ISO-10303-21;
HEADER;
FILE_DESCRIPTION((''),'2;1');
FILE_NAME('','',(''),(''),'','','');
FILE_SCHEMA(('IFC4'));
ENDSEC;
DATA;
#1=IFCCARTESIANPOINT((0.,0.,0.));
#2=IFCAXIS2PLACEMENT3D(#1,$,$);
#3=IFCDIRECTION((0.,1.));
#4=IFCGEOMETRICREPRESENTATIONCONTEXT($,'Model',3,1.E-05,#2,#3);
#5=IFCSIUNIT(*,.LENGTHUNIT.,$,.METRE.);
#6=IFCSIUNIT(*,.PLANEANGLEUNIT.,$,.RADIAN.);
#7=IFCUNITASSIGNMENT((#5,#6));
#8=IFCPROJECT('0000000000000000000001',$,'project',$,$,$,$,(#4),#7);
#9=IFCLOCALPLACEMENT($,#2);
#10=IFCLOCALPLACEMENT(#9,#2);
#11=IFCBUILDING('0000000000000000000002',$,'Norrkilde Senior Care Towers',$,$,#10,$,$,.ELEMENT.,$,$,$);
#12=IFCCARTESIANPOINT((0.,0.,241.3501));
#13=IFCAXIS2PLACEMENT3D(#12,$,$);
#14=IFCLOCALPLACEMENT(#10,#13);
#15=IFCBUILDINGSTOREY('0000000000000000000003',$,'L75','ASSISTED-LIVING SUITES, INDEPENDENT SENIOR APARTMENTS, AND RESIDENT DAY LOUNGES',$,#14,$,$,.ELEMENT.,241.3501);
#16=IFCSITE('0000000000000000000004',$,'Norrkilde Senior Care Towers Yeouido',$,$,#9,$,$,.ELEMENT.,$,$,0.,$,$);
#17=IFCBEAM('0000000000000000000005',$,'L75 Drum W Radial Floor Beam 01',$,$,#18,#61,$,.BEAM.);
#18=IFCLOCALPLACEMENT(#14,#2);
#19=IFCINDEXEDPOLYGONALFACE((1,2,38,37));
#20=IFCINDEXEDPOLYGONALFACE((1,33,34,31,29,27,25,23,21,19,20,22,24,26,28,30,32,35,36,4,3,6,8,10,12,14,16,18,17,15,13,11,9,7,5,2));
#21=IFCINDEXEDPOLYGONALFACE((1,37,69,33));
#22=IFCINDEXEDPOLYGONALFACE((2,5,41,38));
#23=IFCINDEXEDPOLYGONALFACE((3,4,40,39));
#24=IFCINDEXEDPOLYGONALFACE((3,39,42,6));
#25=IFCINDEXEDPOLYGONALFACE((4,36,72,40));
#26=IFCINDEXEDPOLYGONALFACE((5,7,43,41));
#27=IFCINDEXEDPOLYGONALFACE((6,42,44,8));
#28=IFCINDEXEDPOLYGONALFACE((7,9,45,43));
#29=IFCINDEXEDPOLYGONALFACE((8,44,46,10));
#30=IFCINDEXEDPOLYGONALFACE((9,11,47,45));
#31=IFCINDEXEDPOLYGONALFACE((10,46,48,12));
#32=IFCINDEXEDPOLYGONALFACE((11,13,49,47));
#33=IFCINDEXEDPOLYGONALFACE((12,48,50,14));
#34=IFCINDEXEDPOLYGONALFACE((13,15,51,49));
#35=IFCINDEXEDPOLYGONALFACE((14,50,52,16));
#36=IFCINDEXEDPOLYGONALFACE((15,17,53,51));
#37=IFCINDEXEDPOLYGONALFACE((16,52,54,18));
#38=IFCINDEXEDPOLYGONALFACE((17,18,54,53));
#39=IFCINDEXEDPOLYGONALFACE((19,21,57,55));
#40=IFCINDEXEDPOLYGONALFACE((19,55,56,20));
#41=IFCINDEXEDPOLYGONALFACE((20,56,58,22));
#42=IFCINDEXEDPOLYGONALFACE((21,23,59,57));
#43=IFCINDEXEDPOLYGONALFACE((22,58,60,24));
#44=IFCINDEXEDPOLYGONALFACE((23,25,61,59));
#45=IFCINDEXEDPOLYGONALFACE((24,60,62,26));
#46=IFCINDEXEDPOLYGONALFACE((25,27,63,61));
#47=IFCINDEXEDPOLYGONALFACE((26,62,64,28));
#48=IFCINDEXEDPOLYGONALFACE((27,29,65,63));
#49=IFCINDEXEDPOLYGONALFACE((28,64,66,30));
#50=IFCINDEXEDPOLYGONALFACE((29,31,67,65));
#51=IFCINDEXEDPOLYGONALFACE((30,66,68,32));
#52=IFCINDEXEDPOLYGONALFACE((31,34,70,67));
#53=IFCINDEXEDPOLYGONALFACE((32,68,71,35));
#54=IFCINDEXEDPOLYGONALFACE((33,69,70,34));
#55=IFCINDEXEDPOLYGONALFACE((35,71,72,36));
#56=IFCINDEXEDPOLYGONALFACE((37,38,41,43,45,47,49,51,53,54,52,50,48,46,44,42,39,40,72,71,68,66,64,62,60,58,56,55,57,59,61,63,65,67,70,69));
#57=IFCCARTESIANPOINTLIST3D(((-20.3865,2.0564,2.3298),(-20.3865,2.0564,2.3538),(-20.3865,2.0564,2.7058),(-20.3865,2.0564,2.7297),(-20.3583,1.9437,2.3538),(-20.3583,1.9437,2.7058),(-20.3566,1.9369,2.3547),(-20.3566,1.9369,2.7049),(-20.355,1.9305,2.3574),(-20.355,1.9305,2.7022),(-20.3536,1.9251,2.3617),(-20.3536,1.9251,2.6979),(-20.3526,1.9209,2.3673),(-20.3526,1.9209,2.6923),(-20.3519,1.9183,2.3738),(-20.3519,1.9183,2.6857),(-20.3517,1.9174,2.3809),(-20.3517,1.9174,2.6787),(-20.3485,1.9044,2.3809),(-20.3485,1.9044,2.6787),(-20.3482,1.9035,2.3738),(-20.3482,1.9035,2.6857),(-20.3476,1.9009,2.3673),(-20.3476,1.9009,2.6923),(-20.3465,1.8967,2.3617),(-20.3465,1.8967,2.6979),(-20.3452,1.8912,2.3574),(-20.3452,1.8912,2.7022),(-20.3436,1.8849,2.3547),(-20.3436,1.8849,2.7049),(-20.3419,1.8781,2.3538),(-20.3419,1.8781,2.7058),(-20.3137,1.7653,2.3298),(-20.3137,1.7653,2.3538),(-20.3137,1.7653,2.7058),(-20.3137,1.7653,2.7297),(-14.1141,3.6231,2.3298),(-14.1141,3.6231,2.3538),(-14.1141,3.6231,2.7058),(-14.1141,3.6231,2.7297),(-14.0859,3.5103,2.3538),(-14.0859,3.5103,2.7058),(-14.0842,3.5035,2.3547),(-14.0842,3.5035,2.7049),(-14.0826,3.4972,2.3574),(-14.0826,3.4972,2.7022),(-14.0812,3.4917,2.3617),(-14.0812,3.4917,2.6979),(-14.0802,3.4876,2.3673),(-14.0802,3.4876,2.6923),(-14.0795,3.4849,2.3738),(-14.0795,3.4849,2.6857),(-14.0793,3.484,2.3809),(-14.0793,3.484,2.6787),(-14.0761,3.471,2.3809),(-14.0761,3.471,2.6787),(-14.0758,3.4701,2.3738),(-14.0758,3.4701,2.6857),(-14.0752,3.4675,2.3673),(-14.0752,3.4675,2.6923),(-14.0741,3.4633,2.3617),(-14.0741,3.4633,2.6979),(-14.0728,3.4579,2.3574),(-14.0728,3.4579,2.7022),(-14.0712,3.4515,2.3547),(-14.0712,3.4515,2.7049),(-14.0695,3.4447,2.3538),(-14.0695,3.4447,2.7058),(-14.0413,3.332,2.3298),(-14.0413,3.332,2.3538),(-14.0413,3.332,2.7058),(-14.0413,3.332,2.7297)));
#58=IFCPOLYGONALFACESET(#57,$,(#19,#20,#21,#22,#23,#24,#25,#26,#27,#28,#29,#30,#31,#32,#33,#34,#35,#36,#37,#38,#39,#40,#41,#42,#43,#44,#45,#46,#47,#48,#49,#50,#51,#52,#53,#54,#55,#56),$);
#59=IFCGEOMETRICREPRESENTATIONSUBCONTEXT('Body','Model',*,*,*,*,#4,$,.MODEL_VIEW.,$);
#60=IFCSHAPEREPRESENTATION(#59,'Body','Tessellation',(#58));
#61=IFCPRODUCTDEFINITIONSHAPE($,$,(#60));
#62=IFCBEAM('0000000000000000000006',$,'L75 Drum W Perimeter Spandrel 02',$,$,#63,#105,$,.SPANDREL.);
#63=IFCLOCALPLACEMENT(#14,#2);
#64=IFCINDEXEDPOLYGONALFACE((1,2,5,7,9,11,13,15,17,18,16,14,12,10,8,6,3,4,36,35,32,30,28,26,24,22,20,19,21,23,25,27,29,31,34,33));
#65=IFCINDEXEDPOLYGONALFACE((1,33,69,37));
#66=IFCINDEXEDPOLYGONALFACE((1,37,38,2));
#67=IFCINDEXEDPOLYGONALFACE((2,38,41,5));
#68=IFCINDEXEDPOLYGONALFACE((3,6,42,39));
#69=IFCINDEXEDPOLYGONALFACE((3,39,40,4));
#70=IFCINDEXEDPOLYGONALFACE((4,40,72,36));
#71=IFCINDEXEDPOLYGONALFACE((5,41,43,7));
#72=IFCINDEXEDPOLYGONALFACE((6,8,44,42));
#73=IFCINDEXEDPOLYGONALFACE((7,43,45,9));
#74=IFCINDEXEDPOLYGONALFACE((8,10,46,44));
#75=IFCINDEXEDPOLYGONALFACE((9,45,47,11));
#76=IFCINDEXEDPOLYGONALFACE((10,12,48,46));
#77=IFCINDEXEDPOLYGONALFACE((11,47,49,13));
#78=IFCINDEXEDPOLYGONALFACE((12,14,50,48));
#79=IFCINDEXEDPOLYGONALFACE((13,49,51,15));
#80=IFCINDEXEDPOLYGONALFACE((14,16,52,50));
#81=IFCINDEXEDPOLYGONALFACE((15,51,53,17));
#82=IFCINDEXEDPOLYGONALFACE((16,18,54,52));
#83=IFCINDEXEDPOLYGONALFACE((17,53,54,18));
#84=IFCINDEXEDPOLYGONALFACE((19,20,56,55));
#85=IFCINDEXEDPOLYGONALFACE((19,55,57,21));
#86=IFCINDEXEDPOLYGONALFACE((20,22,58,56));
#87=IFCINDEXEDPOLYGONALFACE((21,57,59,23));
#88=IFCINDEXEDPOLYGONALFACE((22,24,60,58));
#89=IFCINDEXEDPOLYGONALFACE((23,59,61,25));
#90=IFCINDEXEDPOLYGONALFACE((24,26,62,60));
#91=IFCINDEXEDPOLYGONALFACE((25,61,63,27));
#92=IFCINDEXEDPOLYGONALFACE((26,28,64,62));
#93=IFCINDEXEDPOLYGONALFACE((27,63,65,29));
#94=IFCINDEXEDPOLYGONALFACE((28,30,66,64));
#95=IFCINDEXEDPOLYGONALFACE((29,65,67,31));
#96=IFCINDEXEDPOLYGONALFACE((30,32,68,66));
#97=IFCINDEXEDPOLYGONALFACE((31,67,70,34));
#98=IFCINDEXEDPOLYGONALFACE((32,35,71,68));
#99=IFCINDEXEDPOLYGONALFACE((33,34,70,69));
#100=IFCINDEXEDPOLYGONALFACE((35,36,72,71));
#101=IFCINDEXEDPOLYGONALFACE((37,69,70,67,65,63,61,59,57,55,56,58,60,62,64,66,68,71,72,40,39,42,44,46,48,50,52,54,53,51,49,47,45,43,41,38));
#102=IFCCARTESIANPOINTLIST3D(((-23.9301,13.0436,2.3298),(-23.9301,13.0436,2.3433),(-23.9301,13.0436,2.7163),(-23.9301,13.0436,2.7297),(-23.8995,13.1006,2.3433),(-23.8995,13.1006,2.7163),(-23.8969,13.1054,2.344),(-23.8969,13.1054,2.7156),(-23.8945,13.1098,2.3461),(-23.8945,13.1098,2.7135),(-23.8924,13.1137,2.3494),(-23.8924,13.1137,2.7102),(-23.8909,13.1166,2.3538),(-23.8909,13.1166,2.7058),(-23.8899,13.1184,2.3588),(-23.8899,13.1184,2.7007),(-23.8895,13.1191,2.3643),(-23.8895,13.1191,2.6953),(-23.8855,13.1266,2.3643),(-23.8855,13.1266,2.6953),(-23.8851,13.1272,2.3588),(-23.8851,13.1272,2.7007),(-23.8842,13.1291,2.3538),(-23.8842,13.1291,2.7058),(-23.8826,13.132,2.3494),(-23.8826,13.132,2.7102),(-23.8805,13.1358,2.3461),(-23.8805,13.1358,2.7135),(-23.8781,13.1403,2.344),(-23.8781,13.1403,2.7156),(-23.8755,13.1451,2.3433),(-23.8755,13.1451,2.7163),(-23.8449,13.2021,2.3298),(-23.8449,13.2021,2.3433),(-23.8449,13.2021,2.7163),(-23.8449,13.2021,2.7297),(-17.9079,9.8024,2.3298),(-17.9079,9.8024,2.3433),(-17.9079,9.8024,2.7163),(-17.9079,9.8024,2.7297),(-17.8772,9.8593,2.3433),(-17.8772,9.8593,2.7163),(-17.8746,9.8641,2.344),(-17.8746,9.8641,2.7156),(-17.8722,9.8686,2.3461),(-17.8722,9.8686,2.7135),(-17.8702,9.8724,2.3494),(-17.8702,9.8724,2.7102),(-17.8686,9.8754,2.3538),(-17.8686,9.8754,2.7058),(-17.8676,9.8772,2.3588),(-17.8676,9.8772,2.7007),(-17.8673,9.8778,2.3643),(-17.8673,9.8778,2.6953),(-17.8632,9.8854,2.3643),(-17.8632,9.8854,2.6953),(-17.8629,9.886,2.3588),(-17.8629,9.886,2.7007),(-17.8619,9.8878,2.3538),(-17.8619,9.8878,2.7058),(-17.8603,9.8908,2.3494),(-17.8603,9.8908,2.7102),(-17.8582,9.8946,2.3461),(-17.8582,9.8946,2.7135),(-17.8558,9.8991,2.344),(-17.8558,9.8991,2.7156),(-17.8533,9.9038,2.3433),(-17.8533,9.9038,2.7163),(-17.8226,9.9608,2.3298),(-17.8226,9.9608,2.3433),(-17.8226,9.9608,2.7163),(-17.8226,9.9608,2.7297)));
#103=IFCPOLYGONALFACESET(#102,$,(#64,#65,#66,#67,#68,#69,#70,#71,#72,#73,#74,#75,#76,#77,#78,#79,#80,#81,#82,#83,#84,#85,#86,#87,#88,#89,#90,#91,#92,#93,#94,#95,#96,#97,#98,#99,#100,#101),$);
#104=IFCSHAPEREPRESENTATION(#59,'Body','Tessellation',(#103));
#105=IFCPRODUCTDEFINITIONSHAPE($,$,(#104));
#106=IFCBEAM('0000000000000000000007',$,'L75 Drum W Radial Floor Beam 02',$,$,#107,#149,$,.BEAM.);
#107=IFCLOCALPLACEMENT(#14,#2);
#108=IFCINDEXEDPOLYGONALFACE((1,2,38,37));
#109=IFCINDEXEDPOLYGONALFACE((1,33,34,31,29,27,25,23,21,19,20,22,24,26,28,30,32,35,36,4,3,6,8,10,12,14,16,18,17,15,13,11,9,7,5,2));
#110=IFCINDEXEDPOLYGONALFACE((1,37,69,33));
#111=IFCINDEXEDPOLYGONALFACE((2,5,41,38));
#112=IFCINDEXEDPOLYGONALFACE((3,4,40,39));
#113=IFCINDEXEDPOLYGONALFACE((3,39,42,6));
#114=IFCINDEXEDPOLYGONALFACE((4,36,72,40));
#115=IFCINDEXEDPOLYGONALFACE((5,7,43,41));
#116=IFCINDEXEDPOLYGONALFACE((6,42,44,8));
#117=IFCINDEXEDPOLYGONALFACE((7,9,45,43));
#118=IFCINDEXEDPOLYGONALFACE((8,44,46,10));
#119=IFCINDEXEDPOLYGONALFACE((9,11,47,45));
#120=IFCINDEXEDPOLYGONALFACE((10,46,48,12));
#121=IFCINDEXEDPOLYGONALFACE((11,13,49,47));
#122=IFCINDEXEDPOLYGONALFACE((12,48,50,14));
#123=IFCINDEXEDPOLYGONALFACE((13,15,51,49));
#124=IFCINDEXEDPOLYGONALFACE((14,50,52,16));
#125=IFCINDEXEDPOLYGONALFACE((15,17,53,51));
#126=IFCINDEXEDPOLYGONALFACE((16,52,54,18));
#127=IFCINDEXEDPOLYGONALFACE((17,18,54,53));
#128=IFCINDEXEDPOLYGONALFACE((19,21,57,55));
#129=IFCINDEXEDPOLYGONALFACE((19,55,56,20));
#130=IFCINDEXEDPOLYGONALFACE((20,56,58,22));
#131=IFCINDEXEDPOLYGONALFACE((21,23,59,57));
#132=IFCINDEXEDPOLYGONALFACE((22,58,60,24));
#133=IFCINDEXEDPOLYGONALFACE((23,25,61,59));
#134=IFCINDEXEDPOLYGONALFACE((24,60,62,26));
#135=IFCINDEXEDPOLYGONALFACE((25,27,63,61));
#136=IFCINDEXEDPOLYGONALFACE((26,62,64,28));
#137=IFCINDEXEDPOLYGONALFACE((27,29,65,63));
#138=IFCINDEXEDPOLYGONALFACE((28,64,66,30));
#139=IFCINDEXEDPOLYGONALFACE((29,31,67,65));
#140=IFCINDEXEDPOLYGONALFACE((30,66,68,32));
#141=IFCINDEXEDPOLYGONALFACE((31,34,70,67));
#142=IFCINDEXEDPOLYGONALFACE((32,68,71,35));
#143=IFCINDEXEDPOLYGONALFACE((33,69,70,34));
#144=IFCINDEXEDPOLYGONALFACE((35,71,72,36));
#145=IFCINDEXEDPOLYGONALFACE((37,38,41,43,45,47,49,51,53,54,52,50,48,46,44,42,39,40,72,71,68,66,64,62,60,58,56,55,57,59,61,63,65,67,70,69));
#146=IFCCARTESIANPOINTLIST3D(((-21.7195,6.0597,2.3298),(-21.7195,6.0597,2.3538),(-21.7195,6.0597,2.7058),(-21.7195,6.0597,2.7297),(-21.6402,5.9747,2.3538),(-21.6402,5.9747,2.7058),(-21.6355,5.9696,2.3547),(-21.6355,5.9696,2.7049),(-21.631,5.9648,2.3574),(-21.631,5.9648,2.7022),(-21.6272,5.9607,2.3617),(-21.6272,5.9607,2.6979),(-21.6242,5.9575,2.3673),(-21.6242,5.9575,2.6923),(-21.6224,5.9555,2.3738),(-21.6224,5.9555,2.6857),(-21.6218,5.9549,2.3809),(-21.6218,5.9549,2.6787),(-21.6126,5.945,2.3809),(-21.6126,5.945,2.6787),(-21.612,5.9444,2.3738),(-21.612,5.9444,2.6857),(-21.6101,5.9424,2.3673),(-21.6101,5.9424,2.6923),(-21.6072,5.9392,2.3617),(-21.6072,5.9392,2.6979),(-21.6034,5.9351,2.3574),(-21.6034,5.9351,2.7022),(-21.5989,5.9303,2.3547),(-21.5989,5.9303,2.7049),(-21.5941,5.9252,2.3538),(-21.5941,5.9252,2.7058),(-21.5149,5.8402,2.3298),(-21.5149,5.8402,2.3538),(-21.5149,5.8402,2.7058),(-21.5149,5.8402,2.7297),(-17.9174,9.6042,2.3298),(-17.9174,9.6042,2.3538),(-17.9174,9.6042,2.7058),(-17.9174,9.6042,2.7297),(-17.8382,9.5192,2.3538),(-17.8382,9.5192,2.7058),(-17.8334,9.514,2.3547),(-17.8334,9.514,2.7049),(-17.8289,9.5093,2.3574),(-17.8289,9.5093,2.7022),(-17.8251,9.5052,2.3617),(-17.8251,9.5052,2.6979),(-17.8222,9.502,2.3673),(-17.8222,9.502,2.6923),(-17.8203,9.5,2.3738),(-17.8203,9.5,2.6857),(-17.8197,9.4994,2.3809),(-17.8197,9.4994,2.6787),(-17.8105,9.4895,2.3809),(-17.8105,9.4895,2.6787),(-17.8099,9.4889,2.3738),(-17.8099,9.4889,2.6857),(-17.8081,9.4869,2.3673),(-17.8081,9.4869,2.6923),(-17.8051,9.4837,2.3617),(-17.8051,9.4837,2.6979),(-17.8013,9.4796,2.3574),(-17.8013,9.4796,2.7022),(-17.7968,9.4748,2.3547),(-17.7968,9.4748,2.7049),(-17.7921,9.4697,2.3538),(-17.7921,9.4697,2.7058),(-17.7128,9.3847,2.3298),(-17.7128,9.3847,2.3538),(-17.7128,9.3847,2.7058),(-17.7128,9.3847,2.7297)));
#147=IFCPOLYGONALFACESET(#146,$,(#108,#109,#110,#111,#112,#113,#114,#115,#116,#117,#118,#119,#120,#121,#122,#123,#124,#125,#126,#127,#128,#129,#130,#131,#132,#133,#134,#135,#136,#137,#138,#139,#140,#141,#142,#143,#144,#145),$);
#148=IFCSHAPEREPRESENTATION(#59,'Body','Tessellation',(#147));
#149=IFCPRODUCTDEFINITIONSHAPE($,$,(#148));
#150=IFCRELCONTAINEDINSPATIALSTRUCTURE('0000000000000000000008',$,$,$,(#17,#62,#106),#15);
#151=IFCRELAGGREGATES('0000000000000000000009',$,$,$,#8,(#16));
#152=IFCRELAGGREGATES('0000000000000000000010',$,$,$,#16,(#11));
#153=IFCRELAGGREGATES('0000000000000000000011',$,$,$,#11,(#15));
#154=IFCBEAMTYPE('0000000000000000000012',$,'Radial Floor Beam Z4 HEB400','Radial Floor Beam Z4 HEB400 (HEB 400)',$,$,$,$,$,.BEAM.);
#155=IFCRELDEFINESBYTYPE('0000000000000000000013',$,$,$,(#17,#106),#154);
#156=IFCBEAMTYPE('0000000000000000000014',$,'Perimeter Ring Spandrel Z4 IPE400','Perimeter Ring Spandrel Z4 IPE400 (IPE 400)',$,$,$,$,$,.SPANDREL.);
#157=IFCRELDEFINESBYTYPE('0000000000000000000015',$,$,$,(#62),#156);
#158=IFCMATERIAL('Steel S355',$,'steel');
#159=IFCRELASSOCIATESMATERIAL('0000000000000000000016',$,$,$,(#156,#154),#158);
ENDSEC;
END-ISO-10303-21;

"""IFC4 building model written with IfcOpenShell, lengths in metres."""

from ifc_helpers import new_model, si_unit, direction, frame, origin, origin_2d, place, context, subcontext, project, spatial, i_section, extrude, source, transform, mapped, material, material_profile, profile_set, type_object, type_shapes, element, save


model = new_model("IFC4")

# Units and contexts
model_context = context("Model", 3, precision=1e-05, world=origin(), true_north=direction((0.0, 1.0)))
body_context = subcontext(model_context, "Body", "Model", "MODEL_VIEW")
ifc_project = project(units=[si_unit("LENGTHUNIT", "METRE"), si_unit("PLANEANGLEUNIT", "RADIAN")], contexts=[model_context])

# Site, building, storey
site_placement = place(None, origin())
site = spatial("IfcSite", under=ifc_project, at=site_placement, Name="Norrkilde Senior Care Towers Yeouido", CompositionType="ELEMENT", RefElevation=0.0)
building_placement = place(site_placement, origin())
building = spatial("IfcBuilding", under=site, at=building_placement, Name="Norrkilde Senior Care Towers", CompositionType="ELEMENT")
storey_placement = place(building_placement, frame((0.0, 0.0, 241.3501)))
storey = spatial("IfcBuildingStorey", under=building, at=storey_placement, Name="L75", Description="ASSISTED-LIVING SUITES, INDEPENDENT SENIOR APARTMENTS, AND RESIDENT DAY LOUNGES", CompositionType="ELEMENT", Elevation=241.3501)

# Beams
ifc_material_1 = material(Name="Steel S355", Category="steel")
ifc_material_profile_1 = material_profile(ifc_material_1, i_section(OverallWidth=0.1799, OverallDepth=0.3999, WebThickness=0.0085, FlangeThickness=0.0134, FilletRadius=0.021, at=origin_2d()), Name="IPE 400")
ifc_profile_set_1 = profile_set([ifc_material_profile_1], Name="Steel S355")
beam_type_1 = type_object("IfcBeamType", Name="Perimeter Ring Spandrel Z4 IPE400", Description="Perimeter Ring Spandrel Z4 IPE400 (IPE 400)", PredefinedType="SPANDREL", material=ifc_profile_set_1)
ifc_material_profile_2 = material_profile(ifc_material_1, i_section(OverallWidth=0.3, OverallDepth=0.3999, WebThickness=0.0134, FlangeThickness=0.0239, FilletRadius=0.0271, at=origin_2d()), Name="HEB 400")
ifc_profile_set_2 = profile_set([ifc_material_profile_2], Name="Steel S355")
beam_type_2 = type_object("IfcBeamType", Name="Radial Floor Beam Z4 HEB400", Description="Radial Floor Beam Z4 HEB400 (HEB 400)", PredefinedType="BEAM", material=ifc_profile_set_2)
shared_shape_1 = source(origin(), body_context, "Body", "SweptSolid", [
    extrude(i_section(OverallWidth=0.3, OverallDepth=0.3999, WebThickness=0.0134, FlangeThickness=0.0239, FilletRadius=0.0271, at=origin_2d()), origin(), (0.0, 0.0, 1.0), 6.4651),
])
beam_1_placement = place(storey_placement, frame((-20.3501, 1.9109, 2.5298), z_axis=(0.970196, 0.242322, 0.0), x_axis=(-0.242322, 0.970196, 0.0)))
element("IfcBeam", 1, at=beam_1_placement, inside=storey, type_object=beam_type_2, Name="L75 Drum W Radial Floor Beam 01", PredefinedType="BEAM", context=body_context, shape_type="MappedRepresentation", body=[
    mapped(shared_shape_1, transform((0.0, 0.0, 0.0), x_axis=(1.0, 0.0, 0.0), y_axis=(0.0, 1.0, 0.0), z_axis=(0.0, 0.0, 1.0), scale=1.0)),
])
shared_shape_2 = source(origin(), body_context, "Body", "SweptSolid", [
    extrude(i_section(OverallWidth=0.1799, OverallDepth=0.3999, WebThickness=0.0085, FlangeThickness=0.0134, FilletRadius=0.021, at=origin_2d()), origin(), (0.0, 0.0, 1.0), 6.8391),
])
beam_2_placement = place(storey_placement, frame((-17.8652, 9.8816, 2.5298), z_axis=(-0.880564, 0.473927, 0.0), x_axis=(-0.473927, -0.880564, 0.0)))
element("IfcBeam", 2, at=beam_2_placement, inside=storey, type_object=beam_type_1, Name="L75 Drum W Perimeter Spandrel 02", PredefinedType="SPANDREL", context=body_context, shape_type="MappedRepresentation", body=[
    mapped(shared_shape_2, transform((0.0, 0.0, 0.0), x_axis=(1.0, 0.0, 0.0), y_axis=(0.0, 1.0, 0.0), z_axis=(0.0, 0.0, 1.0), scale=1.0)),
])
shared_shape_3 = source(origin(), body_context, "Body", "SweptSolid", [
    extrude(i_section(OverallWidth=0.3, OverallDepth=0.3999, WebThickness=0.0134, FlangeThickness=0.0239, FilletRadius=0.0271, at=origin_2d()), origin(), (0.0, 0.0, 1.0), 5.198),
])
type_shapes(beam_type_2, [shared_shape_1, shared_shape_3])
beam_3_placement = place(storey_placement, frame((-21.6172, 5.95, 2.5298), z_axis=(0.731449, 0.681896, 0.0), x_axis=(-0.681896, 0.731449, 0.0)))
element("IfcBeam", 3, at=beam_3_placement, inside=storey, type_object=beam_type_2, Name="L75 Drum W Radial Floor Beam 02", PredefinedType="BEAM", context=body_context, shape_type="MappedRepresentation", body=[
    mapped(shared_shape_3, transform((0.0, 0.0, 0.0), x_axis=(1.0, 0.0, 0.0), y_axis=(0.0, 1.0, 0.0), z_axis=(0.0, 0.0, 1.0), scale=1.0)),
])

save(model, "model.ifc")
